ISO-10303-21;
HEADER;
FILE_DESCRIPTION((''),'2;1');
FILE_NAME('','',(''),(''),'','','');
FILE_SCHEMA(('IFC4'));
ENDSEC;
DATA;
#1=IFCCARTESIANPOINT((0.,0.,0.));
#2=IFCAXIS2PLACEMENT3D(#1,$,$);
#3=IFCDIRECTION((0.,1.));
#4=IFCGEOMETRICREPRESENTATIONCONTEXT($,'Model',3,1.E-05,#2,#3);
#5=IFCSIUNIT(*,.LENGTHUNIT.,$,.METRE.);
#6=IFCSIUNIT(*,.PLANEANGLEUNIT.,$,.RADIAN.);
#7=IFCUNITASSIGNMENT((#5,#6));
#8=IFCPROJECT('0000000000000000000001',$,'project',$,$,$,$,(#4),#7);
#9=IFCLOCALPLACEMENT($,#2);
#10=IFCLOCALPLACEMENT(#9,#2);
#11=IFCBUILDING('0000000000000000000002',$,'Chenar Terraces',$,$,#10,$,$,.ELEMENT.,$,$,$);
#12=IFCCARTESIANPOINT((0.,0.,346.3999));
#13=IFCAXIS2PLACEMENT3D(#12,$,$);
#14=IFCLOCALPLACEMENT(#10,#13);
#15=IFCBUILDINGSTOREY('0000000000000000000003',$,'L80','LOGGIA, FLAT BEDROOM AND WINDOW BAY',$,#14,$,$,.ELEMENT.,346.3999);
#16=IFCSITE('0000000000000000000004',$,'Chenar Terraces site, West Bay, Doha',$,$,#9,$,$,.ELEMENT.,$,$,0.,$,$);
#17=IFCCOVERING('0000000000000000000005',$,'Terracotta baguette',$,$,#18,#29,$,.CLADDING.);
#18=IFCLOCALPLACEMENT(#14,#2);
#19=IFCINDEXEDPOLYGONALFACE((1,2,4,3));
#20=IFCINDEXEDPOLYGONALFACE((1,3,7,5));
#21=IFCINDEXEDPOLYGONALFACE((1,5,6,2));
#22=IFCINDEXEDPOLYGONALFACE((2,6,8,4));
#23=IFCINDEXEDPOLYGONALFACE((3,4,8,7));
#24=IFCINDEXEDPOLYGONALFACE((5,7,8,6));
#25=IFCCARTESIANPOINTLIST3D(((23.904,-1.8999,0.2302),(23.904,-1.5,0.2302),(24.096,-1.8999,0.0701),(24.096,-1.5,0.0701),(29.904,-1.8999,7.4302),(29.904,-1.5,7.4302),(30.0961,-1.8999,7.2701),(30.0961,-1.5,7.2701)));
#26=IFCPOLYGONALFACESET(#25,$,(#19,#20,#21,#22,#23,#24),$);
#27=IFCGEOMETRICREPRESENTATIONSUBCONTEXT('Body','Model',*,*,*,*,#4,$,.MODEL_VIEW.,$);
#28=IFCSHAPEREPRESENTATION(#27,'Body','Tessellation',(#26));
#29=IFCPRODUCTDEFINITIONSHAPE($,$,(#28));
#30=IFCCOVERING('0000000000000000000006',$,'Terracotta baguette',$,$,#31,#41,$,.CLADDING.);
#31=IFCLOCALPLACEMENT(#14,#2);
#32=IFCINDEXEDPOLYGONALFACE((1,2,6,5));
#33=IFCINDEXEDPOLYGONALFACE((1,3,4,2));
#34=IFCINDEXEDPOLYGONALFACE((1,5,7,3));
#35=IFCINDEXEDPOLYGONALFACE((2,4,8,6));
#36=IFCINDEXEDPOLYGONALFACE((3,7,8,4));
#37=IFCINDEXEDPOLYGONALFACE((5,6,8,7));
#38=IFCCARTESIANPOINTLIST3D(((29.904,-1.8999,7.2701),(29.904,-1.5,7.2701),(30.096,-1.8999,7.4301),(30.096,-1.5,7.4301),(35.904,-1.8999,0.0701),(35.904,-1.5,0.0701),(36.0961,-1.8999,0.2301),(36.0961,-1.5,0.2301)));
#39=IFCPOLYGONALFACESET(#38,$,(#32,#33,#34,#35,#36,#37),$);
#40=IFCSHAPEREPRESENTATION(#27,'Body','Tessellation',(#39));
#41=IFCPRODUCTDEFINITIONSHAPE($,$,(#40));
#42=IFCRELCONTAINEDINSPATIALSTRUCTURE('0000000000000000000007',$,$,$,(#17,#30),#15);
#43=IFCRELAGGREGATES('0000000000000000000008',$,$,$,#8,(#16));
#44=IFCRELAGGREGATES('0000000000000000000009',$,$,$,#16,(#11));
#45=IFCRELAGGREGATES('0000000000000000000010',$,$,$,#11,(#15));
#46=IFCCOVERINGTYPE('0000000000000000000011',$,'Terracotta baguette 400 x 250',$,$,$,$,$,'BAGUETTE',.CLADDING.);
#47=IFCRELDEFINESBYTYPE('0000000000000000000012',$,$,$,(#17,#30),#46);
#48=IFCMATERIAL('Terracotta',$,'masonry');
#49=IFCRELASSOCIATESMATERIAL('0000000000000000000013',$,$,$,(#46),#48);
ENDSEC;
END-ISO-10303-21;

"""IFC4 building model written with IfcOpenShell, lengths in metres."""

from ifc_helpers import new_model, si_unit, direction, frame, origin, origin_2d, place, context, subcontext, project, spatial, rectangle, extrude, material, material_profile, profile_set, type_object, element, save


model = new_model("IFC4")

# Units and contexts
model_context = context("Model", 3, precision=1e-05, world=origin(), true_north=direction((0.0, 1.0)))
body_context = subcontext(model_context, "Body", "Model", "MODEL_VIEW")
ifc_project = project(units=[si_unit("LENGTHUNIT", "METRE"), si_unit("PLANEANGLEUNIT", "RADIAN")], contexts=[model_context])

# Site, building, storey
site_placement = place(None, origin())
site = spatial("IfcSite", under=ifc_project, at=site_placement, Name="Chenar Terraces site, West Bay, Doha", CompositionType="ELEMENT", RefElevation=0.0)
building_placement = place(site_placement, origin())
building = spatial("IfcBuilding", under=site, at=building_placement, Name="Chenar Terraces", CompositionType="ELEMENT")
storey_placement = place(building_placement, frame((0.0, 0.0, 346.3999)))
storey = spatial("IfcBuildingStorey", under=building, at=storey_placement, Name="L80", Description="LOGGIA, FLAT BEDROOM AND WINDOW BAY", CompositionType="ELEMENT", Elevation=346.3999)

# Coverings
ifc_material_1 = material(Name="Terracotta", Category="masonry")
ifc_material_profile = material_profile(ifc_material_1, rectangle(XDim=0.3999, YDim=0.25, at=origin_2d()), Name="Terracotta baguette 400 x 250")
ifc_profile_set = profile_set([ifc_material_profile], Name="Terracotta")
covering_type = type_object("IfcCoveringType", Name="Terracotta baguette 400 x 250", ElementType="BAGUETTE", PredefinedType="CLADDING", material=ifc_profile_set)
for number, where, z_axis, x_axis, name in (
    (1, (24.0, -1.7, 0.1501), (0.640187, 0.0, 0.768219), (0.0, 1.0, 0.0), "Terracotta baguette"),
    (2, (30.0, -1.7, 7.3501), (0.640187, 0.0, -0.768219), (0.0, 1.0, 0.0), "Terracotta baguette"),
):
    element("IfcCovering", number, at=place(storey_placement, frame(where, z_axis=z_axis, x_axis=x_axis)), inside=storey, type_object=covering_type, Name=name, PredefinedType="CLADDING", context=body_context, shape_type="SweptSolid", body=[
        extrude(rectangle(XDim=0.3999, YDim=0.25, at=origin_2d()), origin(), (0.0, 0.0, 1.0), 9.3723),
    ])

save(model, "model.ifc")
